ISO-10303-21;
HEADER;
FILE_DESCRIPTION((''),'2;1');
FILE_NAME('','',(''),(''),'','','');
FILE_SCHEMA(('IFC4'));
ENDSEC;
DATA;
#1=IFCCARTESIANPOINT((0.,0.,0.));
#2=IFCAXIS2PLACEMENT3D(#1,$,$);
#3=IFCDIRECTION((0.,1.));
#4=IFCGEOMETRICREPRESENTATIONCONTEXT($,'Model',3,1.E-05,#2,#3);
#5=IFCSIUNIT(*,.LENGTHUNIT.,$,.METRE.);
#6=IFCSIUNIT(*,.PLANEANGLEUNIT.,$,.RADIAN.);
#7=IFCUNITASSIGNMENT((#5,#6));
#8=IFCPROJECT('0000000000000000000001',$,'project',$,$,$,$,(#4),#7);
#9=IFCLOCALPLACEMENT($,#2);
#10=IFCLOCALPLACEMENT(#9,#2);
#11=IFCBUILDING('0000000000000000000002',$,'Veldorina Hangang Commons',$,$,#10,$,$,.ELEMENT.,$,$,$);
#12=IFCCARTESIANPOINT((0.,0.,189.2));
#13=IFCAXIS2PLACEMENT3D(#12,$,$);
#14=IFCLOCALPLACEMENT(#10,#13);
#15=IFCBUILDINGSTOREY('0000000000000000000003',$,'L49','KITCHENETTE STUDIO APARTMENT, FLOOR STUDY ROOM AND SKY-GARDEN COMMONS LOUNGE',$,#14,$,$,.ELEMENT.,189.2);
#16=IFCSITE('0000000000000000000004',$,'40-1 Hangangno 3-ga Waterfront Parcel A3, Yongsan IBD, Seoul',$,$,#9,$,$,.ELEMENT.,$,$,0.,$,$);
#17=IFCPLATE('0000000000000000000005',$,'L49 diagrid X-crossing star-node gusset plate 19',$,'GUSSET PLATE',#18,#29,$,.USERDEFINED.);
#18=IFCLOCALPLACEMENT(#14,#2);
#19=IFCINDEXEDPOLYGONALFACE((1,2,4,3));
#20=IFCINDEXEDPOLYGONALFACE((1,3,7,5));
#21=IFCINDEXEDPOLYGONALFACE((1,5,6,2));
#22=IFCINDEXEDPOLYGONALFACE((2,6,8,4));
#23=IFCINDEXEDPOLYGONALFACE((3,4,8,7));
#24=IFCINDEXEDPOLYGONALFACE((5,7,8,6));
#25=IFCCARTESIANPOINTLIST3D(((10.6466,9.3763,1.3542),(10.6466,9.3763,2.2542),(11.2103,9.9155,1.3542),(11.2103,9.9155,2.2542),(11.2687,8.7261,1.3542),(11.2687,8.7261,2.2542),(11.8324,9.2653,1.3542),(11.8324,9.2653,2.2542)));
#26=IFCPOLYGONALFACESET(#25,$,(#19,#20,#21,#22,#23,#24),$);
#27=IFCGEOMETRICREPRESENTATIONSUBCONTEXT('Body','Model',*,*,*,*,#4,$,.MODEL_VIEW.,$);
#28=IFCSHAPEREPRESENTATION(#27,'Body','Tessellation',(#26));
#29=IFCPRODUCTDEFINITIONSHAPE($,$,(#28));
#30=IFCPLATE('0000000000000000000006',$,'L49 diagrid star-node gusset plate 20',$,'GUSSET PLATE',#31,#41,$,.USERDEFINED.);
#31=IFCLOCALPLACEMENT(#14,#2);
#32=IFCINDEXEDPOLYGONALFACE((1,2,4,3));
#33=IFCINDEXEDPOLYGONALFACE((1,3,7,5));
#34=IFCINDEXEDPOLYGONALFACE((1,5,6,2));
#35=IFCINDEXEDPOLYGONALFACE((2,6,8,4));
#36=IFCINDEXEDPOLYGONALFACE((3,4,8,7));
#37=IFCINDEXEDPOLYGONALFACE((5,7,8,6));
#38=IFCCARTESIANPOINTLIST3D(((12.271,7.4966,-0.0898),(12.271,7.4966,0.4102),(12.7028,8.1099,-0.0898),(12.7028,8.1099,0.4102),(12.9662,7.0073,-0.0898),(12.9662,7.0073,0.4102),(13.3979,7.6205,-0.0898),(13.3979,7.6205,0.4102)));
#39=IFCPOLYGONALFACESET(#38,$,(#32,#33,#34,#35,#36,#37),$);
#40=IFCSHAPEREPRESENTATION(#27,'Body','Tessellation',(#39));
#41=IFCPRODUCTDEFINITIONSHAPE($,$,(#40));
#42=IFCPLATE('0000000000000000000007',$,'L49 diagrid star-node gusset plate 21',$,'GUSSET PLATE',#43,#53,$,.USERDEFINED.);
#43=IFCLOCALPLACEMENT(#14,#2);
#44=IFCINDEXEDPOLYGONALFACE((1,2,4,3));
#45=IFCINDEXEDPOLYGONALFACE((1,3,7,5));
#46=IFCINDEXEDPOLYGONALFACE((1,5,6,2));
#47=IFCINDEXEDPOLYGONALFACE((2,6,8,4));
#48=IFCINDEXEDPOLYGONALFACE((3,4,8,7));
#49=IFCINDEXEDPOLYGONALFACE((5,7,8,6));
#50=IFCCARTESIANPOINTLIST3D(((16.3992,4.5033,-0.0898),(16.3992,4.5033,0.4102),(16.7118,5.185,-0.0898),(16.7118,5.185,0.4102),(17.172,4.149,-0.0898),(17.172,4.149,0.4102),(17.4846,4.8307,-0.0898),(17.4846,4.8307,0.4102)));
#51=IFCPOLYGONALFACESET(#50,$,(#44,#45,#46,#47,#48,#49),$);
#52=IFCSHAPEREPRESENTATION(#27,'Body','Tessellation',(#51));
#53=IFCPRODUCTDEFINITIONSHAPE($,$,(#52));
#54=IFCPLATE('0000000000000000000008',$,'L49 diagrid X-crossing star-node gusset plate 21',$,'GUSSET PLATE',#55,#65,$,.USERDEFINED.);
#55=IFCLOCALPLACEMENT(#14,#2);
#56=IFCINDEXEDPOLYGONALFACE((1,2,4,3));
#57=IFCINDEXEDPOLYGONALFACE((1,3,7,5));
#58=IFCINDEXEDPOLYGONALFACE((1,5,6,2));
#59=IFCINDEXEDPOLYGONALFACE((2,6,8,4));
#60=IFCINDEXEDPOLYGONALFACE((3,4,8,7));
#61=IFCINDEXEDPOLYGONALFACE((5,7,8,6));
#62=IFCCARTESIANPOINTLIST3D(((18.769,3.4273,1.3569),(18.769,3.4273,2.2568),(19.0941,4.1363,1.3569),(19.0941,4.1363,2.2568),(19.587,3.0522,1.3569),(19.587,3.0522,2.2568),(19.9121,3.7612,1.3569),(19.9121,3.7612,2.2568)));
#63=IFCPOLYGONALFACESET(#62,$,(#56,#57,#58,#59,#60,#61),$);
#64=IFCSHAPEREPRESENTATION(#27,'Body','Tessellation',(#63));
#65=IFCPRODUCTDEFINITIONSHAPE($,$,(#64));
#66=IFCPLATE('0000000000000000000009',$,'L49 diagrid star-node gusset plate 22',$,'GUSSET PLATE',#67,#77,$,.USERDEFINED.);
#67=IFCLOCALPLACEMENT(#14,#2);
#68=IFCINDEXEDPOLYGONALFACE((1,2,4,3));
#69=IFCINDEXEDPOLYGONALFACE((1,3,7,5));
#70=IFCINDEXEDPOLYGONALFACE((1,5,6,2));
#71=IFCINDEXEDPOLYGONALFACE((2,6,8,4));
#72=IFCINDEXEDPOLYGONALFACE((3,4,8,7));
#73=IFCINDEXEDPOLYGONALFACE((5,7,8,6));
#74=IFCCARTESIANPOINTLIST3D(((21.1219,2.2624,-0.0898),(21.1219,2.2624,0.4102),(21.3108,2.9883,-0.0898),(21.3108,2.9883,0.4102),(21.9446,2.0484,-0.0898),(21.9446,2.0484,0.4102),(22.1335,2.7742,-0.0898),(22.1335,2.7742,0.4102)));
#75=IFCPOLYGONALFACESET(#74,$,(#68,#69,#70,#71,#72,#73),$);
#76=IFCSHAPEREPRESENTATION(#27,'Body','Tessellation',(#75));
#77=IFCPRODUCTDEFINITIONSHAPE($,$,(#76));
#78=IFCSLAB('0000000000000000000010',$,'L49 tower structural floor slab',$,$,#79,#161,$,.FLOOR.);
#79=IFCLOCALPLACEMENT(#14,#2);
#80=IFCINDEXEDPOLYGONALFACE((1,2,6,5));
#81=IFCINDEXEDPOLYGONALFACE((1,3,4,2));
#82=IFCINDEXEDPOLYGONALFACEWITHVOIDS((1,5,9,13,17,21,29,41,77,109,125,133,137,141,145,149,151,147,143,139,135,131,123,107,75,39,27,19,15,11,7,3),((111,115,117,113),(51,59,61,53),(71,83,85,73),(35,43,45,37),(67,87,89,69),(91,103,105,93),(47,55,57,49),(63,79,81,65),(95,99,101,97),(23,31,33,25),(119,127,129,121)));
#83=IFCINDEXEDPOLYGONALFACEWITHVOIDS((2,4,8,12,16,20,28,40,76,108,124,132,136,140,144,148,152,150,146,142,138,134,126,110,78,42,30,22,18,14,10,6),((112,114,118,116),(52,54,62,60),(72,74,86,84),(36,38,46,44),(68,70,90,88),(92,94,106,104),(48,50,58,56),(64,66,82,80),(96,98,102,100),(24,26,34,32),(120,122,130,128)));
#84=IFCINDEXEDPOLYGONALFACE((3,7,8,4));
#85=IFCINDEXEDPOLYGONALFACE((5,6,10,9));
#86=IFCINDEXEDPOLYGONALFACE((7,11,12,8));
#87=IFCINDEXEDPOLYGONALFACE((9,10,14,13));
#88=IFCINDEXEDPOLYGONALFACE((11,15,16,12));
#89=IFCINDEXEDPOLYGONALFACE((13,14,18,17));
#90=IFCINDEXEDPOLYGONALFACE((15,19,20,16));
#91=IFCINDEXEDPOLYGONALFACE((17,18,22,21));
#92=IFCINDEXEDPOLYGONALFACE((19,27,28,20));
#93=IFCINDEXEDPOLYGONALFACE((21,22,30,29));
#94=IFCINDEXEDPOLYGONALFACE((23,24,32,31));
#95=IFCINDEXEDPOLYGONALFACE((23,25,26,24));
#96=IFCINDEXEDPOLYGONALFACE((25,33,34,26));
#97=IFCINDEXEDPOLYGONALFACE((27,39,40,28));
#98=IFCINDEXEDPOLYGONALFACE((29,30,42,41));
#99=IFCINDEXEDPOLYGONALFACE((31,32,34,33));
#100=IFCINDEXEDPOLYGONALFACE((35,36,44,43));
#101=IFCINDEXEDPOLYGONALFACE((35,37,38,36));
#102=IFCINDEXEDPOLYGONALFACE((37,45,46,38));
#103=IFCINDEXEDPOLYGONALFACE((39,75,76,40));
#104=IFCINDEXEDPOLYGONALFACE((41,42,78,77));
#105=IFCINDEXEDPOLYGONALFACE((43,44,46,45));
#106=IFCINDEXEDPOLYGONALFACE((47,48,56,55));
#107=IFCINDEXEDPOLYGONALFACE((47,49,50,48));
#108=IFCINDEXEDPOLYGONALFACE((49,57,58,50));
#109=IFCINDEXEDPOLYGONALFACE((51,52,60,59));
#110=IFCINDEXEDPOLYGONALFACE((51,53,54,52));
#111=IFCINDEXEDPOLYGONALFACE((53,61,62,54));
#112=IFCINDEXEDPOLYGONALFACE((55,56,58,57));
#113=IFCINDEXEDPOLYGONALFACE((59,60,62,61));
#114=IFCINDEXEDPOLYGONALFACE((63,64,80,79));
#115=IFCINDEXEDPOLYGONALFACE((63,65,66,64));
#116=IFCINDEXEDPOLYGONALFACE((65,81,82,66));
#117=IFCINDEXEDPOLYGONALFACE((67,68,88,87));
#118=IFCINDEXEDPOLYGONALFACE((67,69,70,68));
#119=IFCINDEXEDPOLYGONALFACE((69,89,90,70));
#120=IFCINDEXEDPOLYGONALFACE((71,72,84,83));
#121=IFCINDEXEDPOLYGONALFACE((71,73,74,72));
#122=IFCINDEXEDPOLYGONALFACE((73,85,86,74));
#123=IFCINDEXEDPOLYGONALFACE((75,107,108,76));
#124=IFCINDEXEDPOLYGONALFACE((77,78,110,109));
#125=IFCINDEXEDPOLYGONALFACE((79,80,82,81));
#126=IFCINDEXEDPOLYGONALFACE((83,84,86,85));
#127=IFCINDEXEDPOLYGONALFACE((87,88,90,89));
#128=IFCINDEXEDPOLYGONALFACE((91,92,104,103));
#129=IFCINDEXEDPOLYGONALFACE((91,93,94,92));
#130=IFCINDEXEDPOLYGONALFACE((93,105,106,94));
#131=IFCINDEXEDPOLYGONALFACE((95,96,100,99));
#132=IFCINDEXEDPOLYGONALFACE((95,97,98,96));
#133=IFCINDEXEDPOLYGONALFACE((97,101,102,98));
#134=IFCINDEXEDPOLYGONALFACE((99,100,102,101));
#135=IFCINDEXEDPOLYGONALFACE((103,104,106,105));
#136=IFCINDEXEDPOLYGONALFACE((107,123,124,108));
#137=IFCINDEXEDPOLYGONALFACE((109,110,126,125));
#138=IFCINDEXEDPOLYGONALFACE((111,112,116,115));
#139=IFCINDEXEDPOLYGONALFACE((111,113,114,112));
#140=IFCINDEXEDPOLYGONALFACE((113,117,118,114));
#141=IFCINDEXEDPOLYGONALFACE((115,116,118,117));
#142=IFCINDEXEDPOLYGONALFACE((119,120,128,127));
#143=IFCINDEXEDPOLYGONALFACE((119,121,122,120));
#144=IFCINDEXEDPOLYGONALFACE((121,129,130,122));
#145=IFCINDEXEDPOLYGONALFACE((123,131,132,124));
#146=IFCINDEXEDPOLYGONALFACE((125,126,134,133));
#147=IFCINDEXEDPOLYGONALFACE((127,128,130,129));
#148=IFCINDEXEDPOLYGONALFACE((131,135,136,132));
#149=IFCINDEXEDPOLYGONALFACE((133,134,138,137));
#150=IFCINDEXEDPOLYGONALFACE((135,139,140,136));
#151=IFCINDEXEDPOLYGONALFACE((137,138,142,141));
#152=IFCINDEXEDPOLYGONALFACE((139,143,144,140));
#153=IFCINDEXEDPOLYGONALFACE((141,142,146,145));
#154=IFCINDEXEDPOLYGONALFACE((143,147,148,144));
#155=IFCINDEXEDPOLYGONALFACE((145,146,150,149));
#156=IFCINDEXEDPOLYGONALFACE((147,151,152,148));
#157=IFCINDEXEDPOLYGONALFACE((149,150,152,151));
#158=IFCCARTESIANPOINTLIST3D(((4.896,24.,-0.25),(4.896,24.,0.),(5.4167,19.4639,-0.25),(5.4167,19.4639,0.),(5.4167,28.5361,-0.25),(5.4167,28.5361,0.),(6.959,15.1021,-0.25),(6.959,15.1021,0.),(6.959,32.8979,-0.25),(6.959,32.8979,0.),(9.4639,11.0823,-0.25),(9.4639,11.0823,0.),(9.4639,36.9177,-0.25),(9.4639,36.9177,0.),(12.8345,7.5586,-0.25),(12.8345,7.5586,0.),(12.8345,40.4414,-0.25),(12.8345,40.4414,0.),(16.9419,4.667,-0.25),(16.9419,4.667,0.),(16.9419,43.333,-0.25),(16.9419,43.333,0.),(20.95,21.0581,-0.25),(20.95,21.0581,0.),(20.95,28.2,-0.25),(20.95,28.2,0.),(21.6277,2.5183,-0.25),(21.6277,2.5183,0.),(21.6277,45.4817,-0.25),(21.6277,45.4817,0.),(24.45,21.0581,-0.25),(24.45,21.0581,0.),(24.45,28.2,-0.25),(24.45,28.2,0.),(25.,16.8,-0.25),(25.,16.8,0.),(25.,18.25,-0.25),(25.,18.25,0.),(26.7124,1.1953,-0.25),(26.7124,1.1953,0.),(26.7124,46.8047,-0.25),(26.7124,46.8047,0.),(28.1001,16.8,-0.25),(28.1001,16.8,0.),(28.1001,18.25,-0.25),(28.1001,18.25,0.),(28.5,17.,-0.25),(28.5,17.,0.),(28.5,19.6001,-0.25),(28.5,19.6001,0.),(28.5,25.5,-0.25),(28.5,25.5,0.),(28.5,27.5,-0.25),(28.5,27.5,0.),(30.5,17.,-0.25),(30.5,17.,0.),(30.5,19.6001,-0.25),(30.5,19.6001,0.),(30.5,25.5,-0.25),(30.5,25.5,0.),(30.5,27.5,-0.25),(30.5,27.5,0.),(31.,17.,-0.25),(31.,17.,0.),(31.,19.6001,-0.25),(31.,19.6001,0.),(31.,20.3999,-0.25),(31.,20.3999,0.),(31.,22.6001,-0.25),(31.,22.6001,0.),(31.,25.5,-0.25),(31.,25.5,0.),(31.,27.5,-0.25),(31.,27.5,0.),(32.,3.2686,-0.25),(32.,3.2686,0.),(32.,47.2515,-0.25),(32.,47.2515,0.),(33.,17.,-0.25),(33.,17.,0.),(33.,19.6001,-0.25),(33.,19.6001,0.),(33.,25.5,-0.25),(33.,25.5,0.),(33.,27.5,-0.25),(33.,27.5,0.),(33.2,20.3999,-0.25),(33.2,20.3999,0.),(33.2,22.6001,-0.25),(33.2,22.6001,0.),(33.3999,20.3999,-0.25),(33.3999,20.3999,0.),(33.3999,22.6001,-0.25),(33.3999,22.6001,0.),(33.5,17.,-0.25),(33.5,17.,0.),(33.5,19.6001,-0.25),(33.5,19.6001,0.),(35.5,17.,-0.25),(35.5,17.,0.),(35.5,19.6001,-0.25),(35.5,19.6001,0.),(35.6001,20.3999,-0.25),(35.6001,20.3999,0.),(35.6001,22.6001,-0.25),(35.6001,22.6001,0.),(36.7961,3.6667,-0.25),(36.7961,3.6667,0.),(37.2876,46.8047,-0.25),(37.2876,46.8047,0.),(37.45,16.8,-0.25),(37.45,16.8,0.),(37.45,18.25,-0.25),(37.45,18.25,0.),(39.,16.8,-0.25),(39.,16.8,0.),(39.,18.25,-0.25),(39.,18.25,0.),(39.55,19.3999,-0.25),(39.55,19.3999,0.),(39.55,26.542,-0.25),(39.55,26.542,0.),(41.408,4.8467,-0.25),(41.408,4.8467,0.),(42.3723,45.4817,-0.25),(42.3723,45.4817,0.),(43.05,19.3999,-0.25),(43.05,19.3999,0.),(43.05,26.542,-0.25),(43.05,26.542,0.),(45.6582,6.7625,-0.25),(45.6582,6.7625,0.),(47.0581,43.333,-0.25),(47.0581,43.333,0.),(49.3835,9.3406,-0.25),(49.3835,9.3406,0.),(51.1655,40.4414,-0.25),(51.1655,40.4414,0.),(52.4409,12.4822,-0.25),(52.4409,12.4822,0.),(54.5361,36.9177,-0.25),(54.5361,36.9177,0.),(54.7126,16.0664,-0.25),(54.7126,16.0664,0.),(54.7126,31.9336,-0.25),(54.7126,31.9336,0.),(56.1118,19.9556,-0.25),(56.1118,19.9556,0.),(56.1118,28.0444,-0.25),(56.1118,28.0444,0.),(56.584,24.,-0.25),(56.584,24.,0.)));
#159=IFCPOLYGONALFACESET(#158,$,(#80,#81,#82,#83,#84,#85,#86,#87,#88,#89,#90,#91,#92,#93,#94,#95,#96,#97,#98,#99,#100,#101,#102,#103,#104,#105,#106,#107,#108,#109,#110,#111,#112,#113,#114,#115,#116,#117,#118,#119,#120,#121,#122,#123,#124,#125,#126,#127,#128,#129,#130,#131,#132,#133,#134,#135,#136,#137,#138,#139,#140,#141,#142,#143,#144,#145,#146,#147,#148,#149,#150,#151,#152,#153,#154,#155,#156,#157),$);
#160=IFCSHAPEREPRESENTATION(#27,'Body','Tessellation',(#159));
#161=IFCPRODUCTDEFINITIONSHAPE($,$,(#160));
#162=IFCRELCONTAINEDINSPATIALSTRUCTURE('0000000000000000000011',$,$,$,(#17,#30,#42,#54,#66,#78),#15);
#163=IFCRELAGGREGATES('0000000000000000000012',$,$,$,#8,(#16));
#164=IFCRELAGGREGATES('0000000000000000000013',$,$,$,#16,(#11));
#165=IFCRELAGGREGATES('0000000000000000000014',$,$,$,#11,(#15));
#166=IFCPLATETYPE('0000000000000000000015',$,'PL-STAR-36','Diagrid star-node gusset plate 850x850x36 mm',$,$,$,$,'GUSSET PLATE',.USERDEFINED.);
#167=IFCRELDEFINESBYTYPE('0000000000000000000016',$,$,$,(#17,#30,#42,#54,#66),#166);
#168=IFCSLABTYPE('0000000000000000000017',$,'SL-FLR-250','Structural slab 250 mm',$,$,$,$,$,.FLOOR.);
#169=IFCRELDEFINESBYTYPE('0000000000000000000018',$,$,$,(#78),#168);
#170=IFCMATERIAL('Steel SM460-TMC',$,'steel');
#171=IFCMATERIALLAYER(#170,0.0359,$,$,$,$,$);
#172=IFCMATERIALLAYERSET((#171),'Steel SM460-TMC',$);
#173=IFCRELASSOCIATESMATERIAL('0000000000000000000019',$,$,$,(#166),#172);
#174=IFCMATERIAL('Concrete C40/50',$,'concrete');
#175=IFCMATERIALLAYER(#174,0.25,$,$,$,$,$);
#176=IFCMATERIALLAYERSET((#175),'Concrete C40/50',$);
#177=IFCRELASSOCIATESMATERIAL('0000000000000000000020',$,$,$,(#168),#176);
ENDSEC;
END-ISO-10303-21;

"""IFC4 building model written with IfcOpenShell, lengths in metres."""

from ifc_helpers import new_model, si_unit, direction, frame, origin, origin_2d, place, context, subcontext, project, spatial, polyline, rectangle, outline, extrude, material, layer, layer_set, type_object, element, save


model = new_model("IFC4")

# Units and contexts
model_context = context("Model", 3, precision=1e-05, world=origin(), true_north=direction((0.0, 1.0)))
body_context = subcontext(model_context, "Body", "Model", "MODEL_VIEW")
ifc_project = project(units=[si_unit("LENGTHUNIT", "METRE"), si_unit("PLANEANGLEUNIT", "RADIAN")], contexts=[model_context])

# Site, building, storey
site_placement = place(None, origin())
site = spatial("IfcSite", under=ifc_project, at=site_placement, Name="40-1 Hangangno 3-ga Waterfront Parcel A3, Yongsan IBD, Seoul", CompositionType="ELEMENT", RefElevation=0.0)
building_placement = place(site_placement, origin())
building = spatial("IfcBuilding", under=site, at=building_placement, Name="Veldorina Hangang Commons", CompositionType="ELEMENT")
storey_placement = place(building_placement, frame((0.0, 0.0, 189.2)))
storey = spatial("IfcBuildingStorey", under=building, at=storey_placement, Name="L49", Description="KITCHENETTE STUDIO APARTMENT, FLOOR STUDY ROOM AND SKY-GARDEN COMMONS LOUNGE", CompositionType="ELEMENT", Elevation=189.2)

# Plates
ifc_material_1 = material(Name="Steel SM460-TMC", Category="steel")
ifc_layer_1 = layer(ifc_material_1, 0.0359)
ifc_layer_set_1 = layer_set([ifc_layer_1], Name="Steel SM460-TMC")
plate_type = type_object("IfcPlateType", Name="PL-STAR-36", Description="Diagrid star-node gusset plate 850x850x36 mm", ElementType="GUSSET PLATE", PredefinedType="USERDEFINED", material=ifc_layer_set_1)
plate_1_placement = place(storey_placement, frame((11.2395, 9.3208, 1.3542), z_axis=(0.0, 0.0, 1.0), x_axis=(0.691261, -0.722605, 0.0)))
element("IfcPlate", 1, at=plate_1_placement, inside=storey, type_object=plate_type, Name="L49 diagrid X-crossing star-node gusset plate 19", ObjectType="GUSSET PLATE", PredefinedType="USERDEFINED", context=body_context, shape_type="SweptSolid", body=[
    extrude(rectangle(XDim=0.8999, YDim=0.78, at=origin_2d()), origin(), (0.0, 0.0, 1.0), 0.8999),
])
for number, where, z_axis, x_axis, name in (
    (2, (12.8345, 7.5586, -0.0898), (0.0, 0.0, 1.0), (0.817688, -0.575662, 0.0), "L49 diagrid star-node gusset plate 20"),
    (3, (16.9419, 4.667, -0.0898), (0.0, 0.0, 1.0), (0.908989, -0.41682, 0.0), "L49 diagrid star-node gusset plate 21"),
):
    element("IfcPlate", number, at=place(storey_placement, frame(where, z_axis=z_axis, x_axis=x_axis)), inside=storey, type_object=plate_type, Name=name, ObjectType="GUSSET PLATE", PredefinedType="USERDEFINED", context=body_context, shape_type="SweptSolid", body=[
        extrude(rectangle(XDim=0.8501, YDim=0.75, at=origin_2d()), origin(), (0.0, 0.0, 1.0), 0.5),
    ])
plate_2_placement = place(storey_placement, frame((19.3406, 3.5942, 1.3569), z_axis=(0.0, 0.0, 1.0), x_axis=(0.908989, -0.41682, 0.0)))
element("IfcPlate", 4, at=plate_2_placement, inside=storey, type_object=plate_type, Name="L49 diagrid X-crossing star-node gusset plate 21", ObjectType="GUSSET PLATE", PredefinedType="USERDEFINED", context=body_context, shape_type="SweptSolid", body=[
    extrude(rectangle(XDim=0.8999, YDim=0.78, at=origin_2d()), origin(), (0.0, 0.0, 1.0), 0.8999),
])
plate_3_placement = place(storey_placement, frame((21.6277, 2.5183, -0.0898), z_axis=(0.0, 0.0, 1.0), x_axis=(0.967771, -0.251833, 0.0)))
element("IfcPlate", 5, at=plate_3_placement, inside=storey, type_object=plate_type, Name="L49 diagrid star-node gusset plate 22", ObjectType="GUSSET PLATE", PredefinedType="USERDEFINED", context=body_context, shape_type="SweptSolid", body=[
    extrude(rectangle(XDim=0.8501, YDim=0.75, at=origin_2d()), origin(), (0.0, 0.0, 1.0), 0.5),
])

# Slab
ifc_material_2 = material(Name="Concrete C40/50", Category="concrete")
ifc_layer_2 = layer(ifc_material_2, 0.25)
ifc_layer_set_2 = layer_set([ifc_layer_2], Name="Concrete C40/50")
slab_type_1 = type_object("IfcSlabType", Name="SL-FLR-250", Description="Structural slab 250 mm", PredefinedType="FLOOR", material=ifc_layer_set_2)
slab_1_placement = place(storey_placement, frame((0.0, 0.0, -0.25)))
element("IfcSlab", 6, at=slab_1_placement, inside=storey, type_object=slab_type_1, Name="L49 tower structural floor slab", PredefinedType="FLOOR", context=body_context, shape_type="SweptSolid", body=[
    extrude(outline(polyline([(56.584, 24.0), (56.1118, 28.0444), (54.7126, 31.9336), (54.5361, 36.9177), (51.1655, 40.4414), (47.0581, 43.333), (42.3723, 45.4817), (37.2876, 46.8047), (32.0, 47.2515), (26.7124, 46.8047), (21.6277, 45.4817), (16.9419, 43.333), (12.8345, 40.4414), (9.4639, 36.9177), (6.959, 32.8979), (5.4167, 28.5361), (4.896, 24.0), (5.4167, 19.4639), (6.959, 15.1021), (9.4639, 11.0823), (12.8345, 7.5586), (16.9419, 4.667), (21.6277, 2.5183), (26.7124, 1.1953), (32.0, 3.2686), (36.7961, 3.6667), (41.408, 4.8467), (45.6582, 6.7625), (49.3835, 9.3406), (52.4409, 12.4822), (54.7126, 16.0664), (56.1118, 19.9556), (56.584, 24.0)]), holes=[polyline([(20.95, 21.0581), (20.95, 28.2), (24.45, 28.2), (24.45, 21.0581), (20.95, 21.0581)]), polyline([(43.05, 26.542), (43.05, 19.3999), (39.55, 19.3999), (39.55, 26.542), (43.05, 26.542)]), polyline([(28.5, 27.5), (30.5, 27.5), (30.5, 25.5), (28.5, 25.5), (28.5, 27.5)]), polyline([(31.0, 27.5), (33.0, 27.5), (33.0, 25.5), (31.0, 25.5), (31.0, 27.5)]), polyline([(31.0, 22.6001), (33.2, 22.6001), (33.2, 20.3999), (31.0, 20.3999), (31.0, 22.6001)]), polyline([(33.3999, 22.6001), (35.6001, 22.6001), (35.6001, 20.3999), (33.3999, 20.3999), (33.3999, 22.6001)]), polyline([(28.5, 19.6001), (30.5, 19.6001), (30.5, 17.0), (28.5, 17.0), (28.5, 19.6001)]), polyline([(31.0, 19.6001), (33.0, 19.6001), (33.0, 17.0), (31.0, 17.0), (31.0, 19.6001)]), polyline([(33.5, 19.6001), (35.5, 19.6001), (35.5, 17.0), (33.5, 17.0), (33.5, 19.6001)]), polyline([(25.0, 18.25), (28.1001, 18.25), (28.1001, 16.8), (25.0, 16.8), (25.0, 18.25)]), polyline([(37.45, 18.25), (39.0, 18.25), (39.0, 16.8), (37.45, 16.8), (37.45, 18.25)])]), origin(), (0.0, 0.0, 1.0), 0.25),
])

save(model, "model.ifc")
